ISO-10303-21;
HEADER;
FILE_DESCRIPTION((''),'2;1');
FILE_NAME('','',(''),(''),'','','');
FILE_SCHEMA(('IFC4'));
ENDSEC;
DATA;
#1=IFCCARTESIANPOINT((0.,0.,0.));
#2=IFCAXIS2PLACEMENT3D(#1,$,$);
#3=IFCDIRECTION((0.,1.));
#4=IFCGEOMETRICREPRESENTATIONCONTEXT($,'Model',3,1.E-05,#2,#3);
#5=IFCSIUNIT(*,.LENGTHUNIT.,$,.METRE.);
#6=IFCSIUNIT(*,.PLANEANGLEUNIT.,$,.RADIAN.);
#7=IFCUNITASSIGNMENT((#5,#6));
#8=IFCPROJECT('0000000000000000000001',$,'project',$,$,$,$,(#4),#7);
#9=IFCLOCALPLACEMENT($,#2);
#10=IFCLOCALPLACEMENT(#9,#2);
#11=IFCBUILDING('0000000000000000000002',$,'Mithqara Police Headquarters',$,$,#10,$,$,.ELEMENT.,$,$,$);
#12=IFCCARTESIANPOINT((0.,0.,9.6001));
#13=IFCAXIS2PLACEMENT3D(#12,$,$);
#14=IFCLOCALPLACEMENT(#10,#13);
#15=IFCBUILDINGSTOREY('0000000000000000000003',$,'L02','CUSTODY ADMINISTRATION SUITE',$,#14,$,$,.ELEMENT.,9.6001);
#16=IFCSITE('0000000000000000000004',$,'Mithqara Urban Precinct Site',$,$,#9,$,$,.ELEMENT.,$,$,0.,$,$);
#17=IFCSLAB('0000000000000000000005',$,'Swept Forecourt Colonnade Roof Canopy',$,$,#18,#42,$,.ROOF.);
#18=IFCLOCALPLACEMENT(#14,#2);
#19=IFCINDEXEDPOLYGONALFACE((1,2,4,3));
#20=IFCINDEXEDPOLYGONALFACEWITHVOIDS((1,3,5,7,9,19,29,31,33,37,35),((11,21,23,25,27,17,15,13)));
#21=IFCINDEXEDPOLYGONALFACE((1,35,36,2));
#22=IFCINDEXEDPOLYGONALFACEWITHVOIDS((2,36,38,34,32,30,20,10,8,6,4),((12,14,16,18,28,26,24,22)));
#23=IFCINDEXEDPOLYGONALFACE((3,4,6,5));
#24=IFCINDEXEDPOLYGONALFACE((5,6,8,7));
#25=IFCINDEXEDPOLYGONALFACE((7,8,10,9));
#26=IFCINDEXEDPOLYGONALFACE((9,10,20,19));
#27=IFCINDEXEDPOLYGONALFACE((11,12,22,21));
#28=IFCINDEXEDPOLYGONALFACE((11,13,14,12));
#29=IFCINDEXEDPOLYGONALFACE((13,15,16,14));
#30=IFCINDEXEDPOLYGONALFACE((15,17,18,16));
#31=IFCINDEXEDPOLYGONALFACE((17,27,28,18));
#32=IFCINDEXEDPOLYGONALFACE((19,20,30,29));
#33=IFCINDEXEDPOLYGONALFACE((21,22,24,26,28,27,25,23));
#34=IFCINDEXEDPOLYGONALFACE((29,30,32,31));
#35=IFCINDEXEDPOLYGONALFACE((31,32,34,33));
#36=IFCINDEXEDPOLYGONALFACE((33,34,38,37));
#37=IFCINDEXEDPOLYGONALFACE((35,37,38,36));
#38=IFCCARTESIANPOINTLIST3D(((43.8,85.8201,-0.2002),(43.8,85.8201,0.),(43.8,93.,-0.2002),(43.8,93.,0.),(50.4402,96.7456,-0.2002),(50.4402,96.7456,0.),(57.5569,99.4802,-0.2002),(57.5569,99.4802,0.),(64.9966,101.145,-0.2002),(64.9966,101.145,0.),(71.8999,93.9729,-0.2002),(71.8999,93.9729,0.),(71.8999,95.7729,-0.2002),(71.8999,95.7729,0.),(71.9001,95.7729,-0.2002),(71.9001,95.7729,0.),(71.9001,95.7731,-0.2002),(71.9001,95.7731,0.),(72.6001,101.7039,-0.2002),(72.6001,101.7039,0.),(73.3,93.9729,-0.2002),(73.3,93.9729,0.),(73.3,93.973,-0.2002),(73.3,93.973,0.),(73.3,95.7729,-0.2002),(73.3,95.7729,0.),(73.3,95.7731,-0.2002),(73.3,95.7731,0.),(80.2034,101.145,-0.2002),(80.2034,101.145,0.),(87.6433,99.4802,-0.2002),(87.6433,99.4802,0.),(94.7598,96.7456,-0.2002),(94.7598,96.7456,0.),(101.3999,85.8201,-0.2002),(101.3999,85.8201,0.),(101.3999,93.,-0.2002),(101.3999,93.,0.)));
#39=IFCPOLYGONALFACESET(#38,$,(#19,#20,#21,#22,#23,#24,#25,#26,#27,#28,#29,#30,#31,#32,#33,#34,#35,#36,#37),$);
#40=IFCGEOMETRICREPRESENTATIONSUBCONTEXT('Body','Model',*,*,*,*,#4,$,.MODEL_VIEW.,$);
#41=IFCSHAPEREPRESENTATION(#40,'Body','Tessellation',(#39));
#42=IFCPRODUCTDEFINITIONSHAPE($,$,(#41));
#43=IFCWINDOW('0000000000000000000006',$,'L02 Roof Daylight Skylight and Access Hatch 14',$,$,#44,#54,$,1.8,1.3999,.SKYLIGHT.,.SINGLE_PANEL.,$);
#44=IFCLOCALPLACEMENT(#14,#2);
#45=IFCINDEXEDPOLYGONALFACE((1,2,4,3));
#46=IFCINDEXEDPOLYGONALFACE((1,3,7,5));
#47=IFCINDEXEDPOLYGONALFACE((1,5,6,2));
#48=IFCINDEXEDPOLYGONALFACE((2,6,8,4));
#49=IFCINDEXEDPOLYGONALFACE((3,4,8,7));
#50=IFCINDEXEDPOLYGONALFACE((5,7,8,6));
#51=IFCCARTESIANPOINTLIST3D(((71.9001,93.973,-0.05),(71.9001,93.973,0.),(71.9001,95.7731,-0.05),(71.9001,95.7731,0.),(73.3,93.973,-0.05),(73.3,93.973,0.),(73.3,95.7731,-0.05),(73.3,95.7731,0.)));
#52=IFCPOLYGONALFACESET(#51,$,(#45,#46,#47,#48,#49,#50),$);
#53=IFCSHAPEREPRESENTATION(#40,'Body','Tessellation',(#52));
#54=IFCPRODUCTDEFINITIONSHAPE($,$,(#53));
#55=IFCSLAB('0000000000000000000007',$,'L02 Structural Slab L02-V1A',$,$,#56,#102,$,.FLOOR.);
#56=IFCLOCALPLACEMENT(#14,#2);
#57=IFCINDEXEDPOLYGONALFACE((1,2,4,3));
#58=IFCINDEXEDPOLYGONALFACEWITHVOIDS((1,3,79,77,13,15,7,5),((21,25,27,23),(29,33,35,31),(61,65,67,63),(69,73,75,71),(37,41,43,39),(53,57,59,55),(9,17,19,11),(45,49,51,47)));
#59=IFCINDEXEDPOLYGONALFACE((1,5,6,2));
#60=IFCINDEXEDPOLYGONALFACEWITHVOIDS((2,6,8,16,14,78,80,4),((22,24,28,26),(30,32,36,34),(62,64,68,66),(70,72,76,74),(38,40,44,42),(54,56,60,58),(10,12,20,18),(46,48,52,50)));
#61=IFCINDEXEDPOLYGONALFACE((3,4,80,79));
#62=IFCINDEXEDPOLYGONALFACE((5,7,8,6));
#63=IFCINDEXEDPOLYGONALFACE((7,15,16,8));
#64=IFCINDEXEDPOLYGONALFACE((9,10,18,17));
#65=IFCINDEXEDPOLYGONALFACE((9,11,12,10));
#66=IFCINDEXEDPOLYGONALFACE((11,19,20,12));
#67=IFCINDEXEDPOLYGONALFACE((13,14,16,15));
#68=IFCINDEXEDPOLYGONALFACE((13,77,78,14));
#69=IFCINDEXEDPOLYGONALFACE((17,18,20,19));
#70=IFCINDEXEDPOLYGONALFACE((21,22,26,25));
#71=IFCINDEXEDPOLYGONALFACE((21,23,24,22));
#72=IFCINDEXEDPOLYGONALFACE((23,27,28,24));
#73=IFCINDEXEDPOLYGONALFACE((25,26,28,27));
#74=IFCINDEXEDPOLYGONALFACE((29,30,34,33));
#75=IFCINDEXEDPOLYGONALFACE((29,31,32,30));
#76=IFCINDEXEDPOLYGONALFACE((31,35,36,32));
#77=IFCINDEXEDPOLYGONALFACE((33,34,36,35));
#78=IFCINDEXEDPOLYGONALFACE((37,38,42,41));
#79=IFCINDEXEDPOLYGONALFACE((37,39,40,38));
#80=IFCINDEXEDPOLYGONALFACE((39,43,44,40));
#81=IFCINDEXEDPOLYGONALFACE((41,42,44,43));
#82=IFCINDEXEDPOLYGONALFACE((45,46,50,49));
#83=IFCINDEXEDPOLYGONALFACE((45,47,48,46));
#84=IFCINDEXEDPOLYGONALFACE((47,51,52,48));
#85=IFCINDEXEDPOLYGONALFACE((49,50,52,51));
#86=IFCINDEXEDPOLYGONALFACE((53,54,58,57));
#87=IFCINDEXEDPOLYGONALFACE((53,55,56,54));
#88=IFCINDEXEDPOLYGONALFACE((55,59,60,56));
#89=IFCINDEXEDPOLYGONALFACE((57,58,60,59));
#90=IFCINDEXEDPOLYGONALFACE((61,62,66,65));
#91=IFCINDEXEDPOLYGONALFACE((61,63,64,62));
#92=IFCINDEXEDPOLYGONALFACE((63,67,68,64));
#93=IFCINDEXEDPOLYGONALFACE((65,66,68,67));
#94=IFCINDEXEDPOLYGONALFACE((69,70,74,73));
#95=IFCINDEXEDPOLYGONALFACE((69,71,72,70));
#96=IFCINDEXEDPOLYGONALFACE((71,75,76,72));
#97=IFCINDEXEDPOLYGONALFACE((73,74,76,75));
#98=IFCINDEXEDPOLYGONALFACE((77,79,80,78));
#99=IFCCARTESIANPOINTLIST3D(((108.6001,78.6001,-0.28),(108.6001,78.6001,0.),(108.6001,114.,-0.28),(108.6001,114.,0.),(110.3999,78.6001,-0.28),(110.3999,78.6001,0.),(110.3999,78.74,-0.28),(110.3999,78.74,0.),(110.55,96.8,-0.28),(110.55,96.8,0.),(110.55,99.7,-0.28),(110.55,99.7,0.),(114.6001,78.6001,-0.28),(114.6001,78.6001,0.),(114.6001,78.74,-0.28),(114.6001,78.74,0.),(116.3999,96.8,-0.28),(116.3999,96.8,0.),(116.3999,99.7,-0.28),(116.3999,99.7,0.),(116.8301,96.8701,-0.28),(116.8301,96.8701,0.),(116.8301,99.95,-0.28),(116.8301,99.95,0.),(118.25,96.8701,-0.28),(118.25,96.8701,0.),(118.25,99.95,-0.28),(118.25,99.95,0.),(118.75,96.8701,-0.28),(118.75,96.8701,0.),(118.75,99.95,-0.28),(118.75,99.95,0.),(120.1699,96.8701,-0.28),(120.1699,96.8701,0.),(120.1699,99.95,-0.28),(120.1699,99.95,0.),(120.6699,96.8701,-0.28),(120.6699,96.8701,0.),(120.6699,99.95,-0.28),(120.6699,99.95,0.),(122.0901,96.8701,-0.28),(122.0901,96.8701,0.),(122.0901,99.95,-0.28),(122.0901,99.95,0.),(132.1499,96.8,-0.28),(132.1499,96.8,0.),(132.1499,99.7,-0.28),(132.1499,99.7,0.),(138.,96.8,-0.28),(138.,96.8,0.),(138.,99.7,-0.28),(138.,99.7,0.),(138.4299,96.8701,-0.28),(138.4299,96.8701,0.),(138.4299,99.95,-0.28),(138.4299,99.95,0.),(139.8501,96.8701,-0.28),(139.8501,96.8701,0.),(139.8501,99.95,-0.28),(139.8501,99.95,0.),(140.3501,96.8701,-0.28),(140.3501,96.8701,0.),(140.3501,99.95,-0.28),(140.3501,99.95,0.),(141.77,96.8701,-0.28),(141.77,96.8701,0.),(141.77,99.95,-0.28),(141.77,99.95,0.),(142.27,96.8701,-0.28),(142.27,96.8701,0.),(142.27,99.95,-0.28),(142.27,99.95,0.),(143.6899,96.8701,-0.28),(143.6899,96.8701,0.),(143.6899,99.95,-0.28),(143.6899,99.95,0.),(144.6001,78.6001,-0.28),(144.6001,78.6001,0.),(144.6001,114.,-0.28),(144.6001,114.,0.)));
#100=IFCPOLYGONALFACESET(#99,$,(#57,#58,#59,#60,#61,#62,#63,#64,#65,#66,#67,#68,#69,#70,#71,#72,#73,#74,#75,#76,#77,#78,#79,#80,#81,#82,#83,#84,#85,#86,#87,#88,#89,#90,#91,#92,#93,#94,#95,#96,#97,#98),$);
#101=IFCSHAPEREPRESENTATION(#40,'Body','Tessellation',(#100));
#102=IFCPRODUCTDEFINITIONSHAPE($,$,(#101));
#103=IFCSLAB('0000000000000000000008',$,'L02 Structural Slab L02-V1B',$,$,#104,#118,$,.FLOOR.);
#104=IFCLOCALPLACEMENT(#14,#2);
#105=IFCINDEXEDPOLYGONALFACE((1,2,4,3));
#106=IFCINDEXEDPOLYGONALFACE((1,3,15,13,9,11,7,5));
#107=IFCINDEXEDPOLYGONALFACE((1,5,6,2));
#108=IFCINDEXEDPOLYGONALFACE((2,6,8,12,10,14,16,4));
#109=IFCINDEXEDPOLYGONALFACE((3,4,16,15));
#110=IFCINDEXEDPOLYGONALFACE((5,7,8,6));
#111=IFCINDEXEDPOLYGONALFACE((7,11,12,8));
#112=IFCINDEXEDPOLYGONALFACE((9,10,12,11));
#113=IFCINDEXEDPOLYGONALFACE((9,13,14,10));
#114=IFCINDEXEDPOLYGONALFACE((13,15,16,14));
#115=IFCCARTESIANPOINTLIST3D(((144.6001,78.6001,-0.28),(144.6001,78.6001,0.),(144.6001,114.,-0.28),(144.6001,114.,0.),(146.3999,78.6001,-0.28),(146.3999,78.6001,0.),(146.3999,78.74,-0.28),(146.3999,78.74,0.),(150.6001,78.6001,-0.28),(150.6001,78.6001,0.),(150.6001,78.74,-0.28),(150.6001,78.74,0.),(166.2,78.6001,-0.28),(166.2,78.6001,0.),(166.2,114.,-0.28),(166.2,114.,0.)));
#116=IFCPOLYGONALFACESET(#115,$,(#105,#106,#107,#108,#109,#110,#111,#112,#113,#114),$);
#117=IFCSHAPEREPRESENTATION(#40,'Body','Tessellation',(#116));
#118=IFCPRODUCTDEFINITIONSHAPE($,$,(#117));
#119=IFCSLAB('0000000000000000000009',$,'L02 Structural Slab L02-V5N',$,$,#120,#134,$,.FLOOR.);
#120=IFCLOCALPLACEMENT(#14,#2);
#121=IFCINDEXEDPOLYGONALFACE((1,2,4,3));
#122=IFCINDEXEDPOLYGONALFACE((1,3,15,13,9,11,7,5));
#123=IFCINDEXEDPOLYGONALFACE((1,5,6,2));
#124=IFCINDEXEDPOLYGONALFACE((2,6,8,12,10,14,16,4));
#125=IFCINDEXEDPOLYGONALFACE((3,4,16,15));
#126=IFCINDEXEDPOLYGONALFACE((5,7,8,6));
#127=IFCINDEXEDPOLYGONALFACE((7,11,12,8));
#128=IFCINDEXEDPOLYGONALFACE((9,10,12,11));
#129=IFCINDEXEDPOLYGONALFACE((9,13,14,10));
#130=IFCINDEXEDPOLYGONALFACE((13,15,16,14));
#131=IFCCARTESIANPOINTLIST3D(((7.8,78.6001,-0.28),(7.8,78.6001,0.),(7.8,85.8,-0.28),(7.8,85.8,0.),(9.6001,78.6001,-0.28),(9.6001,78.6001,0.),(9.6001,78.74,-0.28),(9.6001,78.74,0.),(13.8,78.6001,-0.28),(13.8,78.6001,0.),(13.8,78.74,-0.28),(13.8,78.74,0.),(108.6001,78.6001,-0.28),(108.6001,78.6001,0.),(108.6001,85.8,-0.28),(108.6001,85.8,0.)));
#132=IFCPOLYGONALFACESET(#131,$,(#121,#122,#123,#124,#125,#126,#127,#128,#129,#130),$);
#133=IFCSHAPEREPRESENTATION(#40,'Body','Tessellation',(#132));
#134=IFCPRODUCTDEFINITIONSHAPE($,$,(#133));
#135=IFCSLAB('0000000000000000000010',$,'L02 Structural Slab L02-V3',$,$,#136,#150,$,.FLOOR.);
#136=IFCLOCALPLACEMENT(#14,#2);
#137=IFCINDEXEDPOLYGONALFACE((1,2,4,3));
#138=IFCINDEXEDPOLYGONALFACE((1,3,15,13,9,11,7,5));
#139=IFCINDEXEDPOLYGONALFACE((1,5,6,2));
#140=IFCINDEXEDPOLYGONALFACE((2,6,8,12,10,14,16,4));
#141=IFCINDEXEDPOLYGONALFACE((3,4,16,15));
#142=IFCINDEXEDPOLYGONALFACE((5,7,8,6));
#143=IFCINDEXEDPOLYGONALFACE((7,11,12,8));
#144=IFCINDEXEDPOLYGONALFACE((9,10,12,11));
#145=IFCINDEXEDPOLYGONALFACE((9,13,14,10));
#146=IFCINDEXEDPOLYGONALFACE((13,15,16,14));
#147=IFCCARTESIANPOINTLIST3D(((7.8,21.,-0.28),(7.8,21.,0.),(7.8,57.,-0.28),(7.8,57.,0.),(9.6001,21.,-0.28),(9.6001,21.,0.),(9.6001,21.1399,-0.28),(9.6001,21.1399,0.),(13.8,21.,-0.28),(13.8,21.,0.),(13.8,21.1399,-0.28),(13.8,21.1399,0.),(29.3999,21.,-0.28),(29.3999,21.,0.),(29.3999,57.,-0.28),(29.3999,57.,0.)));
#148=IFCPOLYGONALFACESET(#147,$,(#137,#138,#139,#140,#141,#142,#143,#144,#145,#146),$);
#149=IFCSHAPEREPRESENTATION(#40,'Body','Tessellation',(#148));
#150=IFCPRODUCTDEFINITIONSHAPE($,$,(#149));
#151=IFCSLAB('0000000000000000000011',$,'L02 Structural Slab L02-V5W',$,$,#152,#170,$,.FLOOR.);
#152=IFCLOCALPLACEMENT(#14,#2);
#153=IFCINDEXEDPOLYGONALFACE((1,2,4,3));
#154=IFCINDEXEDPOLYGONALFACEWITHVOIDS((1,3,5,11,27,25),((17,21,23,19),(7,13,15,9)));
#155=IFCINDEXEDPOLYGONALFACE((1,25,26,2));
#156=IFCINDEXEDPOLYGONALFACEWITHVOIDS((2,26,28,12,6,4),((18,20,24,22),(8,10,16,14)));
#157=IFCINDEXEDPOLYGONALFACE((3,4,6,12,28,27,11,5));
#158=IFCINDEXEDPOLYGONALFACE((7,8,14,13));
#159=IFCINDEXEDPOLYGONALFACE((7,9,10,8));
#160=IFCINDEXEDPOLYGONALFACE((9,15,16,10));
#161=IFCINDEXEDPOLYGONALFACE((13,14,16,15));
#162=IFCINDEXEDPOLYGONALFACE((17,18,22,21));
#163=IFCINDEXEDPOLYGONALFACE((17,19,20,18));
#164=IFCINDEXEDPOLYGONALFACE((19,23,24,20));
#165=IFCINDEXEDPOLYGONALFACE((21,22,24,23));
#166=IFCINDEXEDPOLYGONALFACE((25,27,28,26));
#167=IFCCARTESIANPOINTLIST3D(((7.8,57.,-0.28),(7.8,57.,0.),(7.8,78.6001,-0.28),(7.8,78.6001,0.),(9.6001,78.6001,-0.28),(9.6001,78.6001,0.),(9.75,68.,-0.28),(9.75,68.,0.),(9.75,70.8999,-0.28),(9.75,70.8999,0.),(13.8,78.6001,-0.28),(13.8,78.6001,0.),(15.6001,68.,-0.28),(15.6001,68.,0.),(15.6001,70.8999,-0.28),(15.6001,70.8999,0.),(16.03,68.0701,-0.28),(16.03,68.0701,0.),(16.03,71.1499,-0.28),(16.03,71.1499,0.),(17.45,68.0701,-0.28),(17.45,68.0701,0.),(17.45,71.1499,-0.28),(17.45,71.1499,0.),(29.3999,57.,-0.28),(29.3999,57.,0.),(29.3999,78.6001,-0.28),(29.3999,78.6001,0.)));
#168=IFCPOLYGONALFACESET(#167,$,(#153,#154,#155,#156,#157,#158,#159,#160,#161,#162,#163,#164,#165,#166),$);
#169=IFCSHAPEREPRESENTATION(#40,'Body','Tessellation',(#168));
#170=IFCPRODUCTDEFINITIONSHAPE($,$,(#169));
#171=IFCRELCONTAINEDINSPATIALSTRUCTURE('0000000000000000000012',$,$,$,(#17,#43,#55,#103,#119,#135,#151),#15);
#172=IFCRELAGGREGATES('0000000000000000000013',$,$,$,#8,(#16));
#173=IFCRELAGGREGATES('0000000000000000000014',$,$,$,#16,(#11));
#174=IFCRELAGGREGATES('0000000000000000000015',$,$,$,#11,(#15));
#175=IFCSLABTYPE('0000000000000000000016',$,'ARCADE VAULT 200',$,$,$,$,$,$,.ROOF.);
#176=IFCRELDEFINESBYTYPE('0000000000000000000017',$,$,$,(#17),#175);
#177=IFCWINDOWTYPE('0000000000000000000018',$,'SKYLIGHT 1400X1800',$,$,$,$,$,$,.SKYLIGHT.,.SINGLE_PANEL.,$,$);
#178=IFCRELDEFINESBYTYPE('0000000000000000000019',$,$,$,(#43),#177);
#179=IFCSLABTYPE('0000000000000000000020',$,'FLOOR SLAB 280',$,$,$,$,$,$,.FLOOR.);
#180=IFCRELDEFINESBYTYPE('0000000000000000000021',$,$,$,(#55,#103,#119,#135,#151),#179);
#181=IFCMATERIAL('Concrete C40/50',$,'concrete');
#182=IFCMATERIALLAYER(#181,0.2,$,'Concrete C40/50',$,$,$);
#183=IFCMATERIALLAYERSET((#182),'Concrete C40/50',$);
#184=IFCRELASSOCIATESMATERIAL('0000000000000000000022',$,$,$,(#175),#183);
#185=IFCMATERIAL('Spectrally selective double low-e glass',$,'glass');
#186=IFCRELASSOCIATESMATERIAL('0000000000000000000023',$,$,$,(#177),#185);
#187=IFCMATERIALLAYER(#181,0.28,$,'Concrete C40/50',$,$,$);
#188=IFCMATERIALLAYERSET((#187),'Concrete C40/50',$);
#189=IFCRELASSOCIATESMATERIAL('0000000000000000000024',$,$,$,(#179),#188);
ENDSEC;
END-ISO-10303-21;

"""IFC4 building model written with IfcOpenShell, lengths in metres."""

from ifc_helpers import new_model, si_unit, direction, frame, origin, origin_2d, place, context, subcontext, project, spatial, polyline, rectangle, outline, extrude, material, layer, layer_set, type_object, element, fill, save


model = new_model("IFC4")

# Units and contexts
model_context = context("Model", 3, precision=1e-05, world=origin(), true_north=direction((0.0, 1.0)))
body_context = subcontext(model_context, "Body", "Model", "MODEL_VIEW")
ifc_project = project(units=[si_unit("LENGTHUNIT", "METRE"), si_unit("PLANEANGLEUNIT", "RADIAN")], contexts=[model_context])

# Site, building, storey
site_placement = place(None, origin())
site = spatial("IfcSite", under=ifc_project, at=site_placement, Name="Mithqara Urban Precinct Site", CompositionType="ELEMENT", RefElevation=0.0)
building_placement = place(site_placement, origin())
building = spatial("IfcBuilding", under=site, at=building_placement, Name="Mithqara Police Headquarters", CompositionType="ELEMENT")
storey_placement = place(building_placement, frame((0.0, 0.0, 9.6001)))
storey = spatial("IfcBuildingStorey", under=building, at=storey_placement, Name="L02", Description="CUSTODY ADMINISTRATION SUITE", CompositionType="ELEMENT", Elevation=9.6001)

# Slab, opening, window
ifc_material_1 = material(Name="Concrete C40/50", Category="concrete")
ifc_layer_1 = layer(ifc_material_1, 0.2, Name="Concrete C40/50")
ifc_layer_set_1 = layer_set([ifc_layer_1], Name="Concrete C40/50")
slab_type_1 = type_object("IfcSlabType", Name="ARCADE VAULT 200", PredefinedType="ROOF", material=ifc_layer_set_1)
slab_1_placement = place(storey_placement, frame((0.0, 0.0, -0.2002)))
slab_1 = element("IfcSlab", 1, at=slab_1_placement, inside=storey, type_object=slab_type_1, Name="Swept Forecourt Colonnade Roof Canopy", PredefinedType="ROOF", context=body_context, shape_type="SweptSolid", body=[
    extrude(outline(polyline([(43.8, 93.0), (50.4402, 96.7456), (57.5569, 99.4802), (64.9966, 101.145), (72.6001, 101.7039), (80.2034, 101.145), (87.6433, 99.4802), (94.7598, 96.7456), (101.3999, 93.0), (101.3999, 85.8201), (43.8, 85.8201), (43.8, 93.0)]), holes=[polyline([(71.8999, 93.9729), (73.3, 93.9729), (73.3, 95.7729), (71.8999, 95.7729), (71.8999, 93.9729)])]), origin(), (0.0, 0.0, 1.0), 0.2002),
])
opening_1_placement = place(slab_1_placement, frame((72.6001, 94.873, -0.01)))
opening_1 = element("IfcOpeningElement", 2, at=opening_1_placement, cuts=slab_1, PredefinedType="OPENING", context=body_context, shape_type="SweptSolid", body=[
    extrude(rectangle(XDim=1.3999, YDim=1.8, at=origin_2d()), origin(), (0.0, 0.0, 1.0), 0.2202),
])
ifc_material_2 = material(Name="Spectrally selective double low-e glass", Category="glass")
window_type_1 = type_object("IfcWindowType", Name="SKYLIGHT 1400X1800", PartitioningType="SINGLE_PANEL", PredefinedType="SKYLIGHT", material=ifc_material_2)
window_1_placement = place(opening_1_placement, frame((0.0, 0.0, 0.1602)))
window_1 = element("IfcWindow", 3, at=window_1_placement, inside=storey, type_object=window_type_1, Name="L02 Roof Daylight Skylight and Access Hatch 14", OverallHeight=1.8, OverallWidth=1.3999, PartitioningType="SINGLE_PANEL", PredefinedType="SKYLIGHT", context=body_context, shape_type="SweptSolid", body=[
    extrude(rectangle(XDim=1.3999, YDim=1.8, at=origin_2d()), origin(), (0.0, 0.0, 1.0), 0.05),
])
fill(opening_1, window_1)

# Slabs
ifc_layer_2 = layer(ifc_material_1, 0.28, Name="Concrete C40/50")
ifc_layer_set_2 = layer_set([ifc_layer_2], Name="Concrete C40/50")
slab_type_2 = type_object("IfcSlabType", Name="FLOOR SLAB 280", PredefinedType="FLOOR", material=ifc_layer_set_2)
slab_2_placement = place(storey_placement, frame((0.0, 0.0, -0.28)))
element("IfcSlab", 4, at=slab_2_placement, inside=storey, type_object=slab_type_2, Name="L02 Structural Slab L02-V1A", PredefinedType="FLOOR", context=body_context, shape_type="SweptSolid", body=[
    extrude(outline(polyline([(108.6001, 114.0), (144.6001, 114.0), (144.6001, 78.6001), (114.6001, 78.6001), (114.6001, 78.74), (110.3999, 78.74), (110.3999, 78.6001), (108.6001, 78.6001), (108.6001, 114.0)]), holes=[polyline([(110.55, 96.8), (116.3999, 96.8), (116.3999, 99.7), (110.55, 99.7), (110.55, 96.8)]), polyline([(132.1499, 96.8), (138.0, 96.8), (138.0, 99.7), (132.1499, 99.7), (132.1499, 96.8)]), polyline([(118.25, 96.8701), (118.25, 99.95), (116.8301, 99.95), (116.8301, 96.8701), (118.25, 96.8701)]), polyline([(120.1699, 96.8701), (120.1699, 99.95), (118.75, 99.95), (118.75, 96.8701), (120.1699, 96.8701)]), polyline([(122.0901, 96.8701), (122.0901, 99.95), (120.6699, 99.95), (120.6699, 96.8701), (122.0901, 96.8701)]), polyline([(139.8501, 96.8701), (139.8501, 99.95), (138.4299, 99.95), (138.4299, 96.8701), (139.8501, 96.8701)]), polyline([(141.77, 96.8701), (141.77, 99.95), (140.3501, 99.95), (140.3501, 96.8701), (141.77, 96.8701)]), polyline([(143.6899, 96.8701), (143.6899, 99.95), (142.27, 99.95), (142.27, 96.8701), (143.6899, 96.8701)])]), origin(), (0.0, 0.0, 1.0), 0.28),
])
slab_3_placement = place(storey_placement, frame((0.0, 0.0, -0.28)))
element("IfcSlab", 5, at=slab_3_placement, inside=storey, type_object=slab_type_2, Name="L02 Structural Slab L02-V1B", PredefinedType="FLOOR", context=body_context, shape_type="SweptSolid", body=[
    extrude(outline(polyline([(166.2, 78.6001), (150.6001, 78.6001), (150.6001, 78.74), (146.3999, 78.74), (146.3999, 78.6001), (144.6001, 78.6001), (144.6001, 114.0), (166.2, 114.0), (166.2, 78.6001)])), origin(), (0.0, 0.0, 1.0), 0.28),
])
slab_4_placement = place(storey_placement, frame((0.0, 0.0, -0.28)))
element("IfcSlab", 6, at=slab_4_placement, inside=storey, type_object=slab_type_2, Name="L02 Structural Slab L02-V5N", PredefinedType="FLOOR", context=body_context, shape_type="SweptSolid", body=[
    extrude(outline(polyline([(13.8, 78.6001), (13.8, 78.74), (9.6001, 78.74), (9.6001, 78.6001), (7.8, 78.6001), (7.8, 85.8), (108.6001, 85.8), (108.6001, 78.6001), (13.8, 78.6001)])), origin(), (0.0, 0.0, 1.0), 0.28),
])
slab_5_placement = place(storey_placement, frame((0.0, 0.0, -0.28)))
element("IfcSlab", 7, at=slab_5_placement, inside=storey, type_object=slab_type_2, Name="L02 Structural Slab L02-V3", PredefinedType="FLOOR", context=body_context, shape_type="SweptSolid", body=[
    extrude(outline(polyline([(7.8, 57.0), (29.3999, 57.0), (29.3999, 21.0), (13.8, 21.0), (13.8, 21.1399), (9.6001, 21.1399), (9.6001, 21.0), (7.8, 21.0), (7.8, 57.0)])), origin(), (0.0, 0.0, 1.0), 0.28),
])
slab_6_placement = place(storey_placement, frame((0.0, 0.0, -0.28)))
element("IfcSlab", 8, at=slab_6_placement, inside=storey, type_object=slab_type_2, Name="L02 Structural Slab L02-V5W", PredefinedType="FLOOR", context=body_context, shape_type="SweptSolid", body=[
    extrude(outline(polyline([(29.3999, 57.0), (7.8, 57.0), (7.8, 78.6001), (9.6001, 78.6001), (13.8, 78.6001), (29.3999, 78.6001), (29.3999, 57.0)]), holes=[polyline([(9.75, 68.0), (15.6001, 68.0), (15.6001, 70.8999), (9.75, 70.8999), (9.75, 68.0)]), polyline([(17.45, 68.0701), (17.45, 71.1499), (16.03, 71.1499), (16.03, 68.0701), (17.45, 68.0701)])]), origin(), (0.0, 0.0, 1.0), 0.28),
])

save(model, "model.ifc")
